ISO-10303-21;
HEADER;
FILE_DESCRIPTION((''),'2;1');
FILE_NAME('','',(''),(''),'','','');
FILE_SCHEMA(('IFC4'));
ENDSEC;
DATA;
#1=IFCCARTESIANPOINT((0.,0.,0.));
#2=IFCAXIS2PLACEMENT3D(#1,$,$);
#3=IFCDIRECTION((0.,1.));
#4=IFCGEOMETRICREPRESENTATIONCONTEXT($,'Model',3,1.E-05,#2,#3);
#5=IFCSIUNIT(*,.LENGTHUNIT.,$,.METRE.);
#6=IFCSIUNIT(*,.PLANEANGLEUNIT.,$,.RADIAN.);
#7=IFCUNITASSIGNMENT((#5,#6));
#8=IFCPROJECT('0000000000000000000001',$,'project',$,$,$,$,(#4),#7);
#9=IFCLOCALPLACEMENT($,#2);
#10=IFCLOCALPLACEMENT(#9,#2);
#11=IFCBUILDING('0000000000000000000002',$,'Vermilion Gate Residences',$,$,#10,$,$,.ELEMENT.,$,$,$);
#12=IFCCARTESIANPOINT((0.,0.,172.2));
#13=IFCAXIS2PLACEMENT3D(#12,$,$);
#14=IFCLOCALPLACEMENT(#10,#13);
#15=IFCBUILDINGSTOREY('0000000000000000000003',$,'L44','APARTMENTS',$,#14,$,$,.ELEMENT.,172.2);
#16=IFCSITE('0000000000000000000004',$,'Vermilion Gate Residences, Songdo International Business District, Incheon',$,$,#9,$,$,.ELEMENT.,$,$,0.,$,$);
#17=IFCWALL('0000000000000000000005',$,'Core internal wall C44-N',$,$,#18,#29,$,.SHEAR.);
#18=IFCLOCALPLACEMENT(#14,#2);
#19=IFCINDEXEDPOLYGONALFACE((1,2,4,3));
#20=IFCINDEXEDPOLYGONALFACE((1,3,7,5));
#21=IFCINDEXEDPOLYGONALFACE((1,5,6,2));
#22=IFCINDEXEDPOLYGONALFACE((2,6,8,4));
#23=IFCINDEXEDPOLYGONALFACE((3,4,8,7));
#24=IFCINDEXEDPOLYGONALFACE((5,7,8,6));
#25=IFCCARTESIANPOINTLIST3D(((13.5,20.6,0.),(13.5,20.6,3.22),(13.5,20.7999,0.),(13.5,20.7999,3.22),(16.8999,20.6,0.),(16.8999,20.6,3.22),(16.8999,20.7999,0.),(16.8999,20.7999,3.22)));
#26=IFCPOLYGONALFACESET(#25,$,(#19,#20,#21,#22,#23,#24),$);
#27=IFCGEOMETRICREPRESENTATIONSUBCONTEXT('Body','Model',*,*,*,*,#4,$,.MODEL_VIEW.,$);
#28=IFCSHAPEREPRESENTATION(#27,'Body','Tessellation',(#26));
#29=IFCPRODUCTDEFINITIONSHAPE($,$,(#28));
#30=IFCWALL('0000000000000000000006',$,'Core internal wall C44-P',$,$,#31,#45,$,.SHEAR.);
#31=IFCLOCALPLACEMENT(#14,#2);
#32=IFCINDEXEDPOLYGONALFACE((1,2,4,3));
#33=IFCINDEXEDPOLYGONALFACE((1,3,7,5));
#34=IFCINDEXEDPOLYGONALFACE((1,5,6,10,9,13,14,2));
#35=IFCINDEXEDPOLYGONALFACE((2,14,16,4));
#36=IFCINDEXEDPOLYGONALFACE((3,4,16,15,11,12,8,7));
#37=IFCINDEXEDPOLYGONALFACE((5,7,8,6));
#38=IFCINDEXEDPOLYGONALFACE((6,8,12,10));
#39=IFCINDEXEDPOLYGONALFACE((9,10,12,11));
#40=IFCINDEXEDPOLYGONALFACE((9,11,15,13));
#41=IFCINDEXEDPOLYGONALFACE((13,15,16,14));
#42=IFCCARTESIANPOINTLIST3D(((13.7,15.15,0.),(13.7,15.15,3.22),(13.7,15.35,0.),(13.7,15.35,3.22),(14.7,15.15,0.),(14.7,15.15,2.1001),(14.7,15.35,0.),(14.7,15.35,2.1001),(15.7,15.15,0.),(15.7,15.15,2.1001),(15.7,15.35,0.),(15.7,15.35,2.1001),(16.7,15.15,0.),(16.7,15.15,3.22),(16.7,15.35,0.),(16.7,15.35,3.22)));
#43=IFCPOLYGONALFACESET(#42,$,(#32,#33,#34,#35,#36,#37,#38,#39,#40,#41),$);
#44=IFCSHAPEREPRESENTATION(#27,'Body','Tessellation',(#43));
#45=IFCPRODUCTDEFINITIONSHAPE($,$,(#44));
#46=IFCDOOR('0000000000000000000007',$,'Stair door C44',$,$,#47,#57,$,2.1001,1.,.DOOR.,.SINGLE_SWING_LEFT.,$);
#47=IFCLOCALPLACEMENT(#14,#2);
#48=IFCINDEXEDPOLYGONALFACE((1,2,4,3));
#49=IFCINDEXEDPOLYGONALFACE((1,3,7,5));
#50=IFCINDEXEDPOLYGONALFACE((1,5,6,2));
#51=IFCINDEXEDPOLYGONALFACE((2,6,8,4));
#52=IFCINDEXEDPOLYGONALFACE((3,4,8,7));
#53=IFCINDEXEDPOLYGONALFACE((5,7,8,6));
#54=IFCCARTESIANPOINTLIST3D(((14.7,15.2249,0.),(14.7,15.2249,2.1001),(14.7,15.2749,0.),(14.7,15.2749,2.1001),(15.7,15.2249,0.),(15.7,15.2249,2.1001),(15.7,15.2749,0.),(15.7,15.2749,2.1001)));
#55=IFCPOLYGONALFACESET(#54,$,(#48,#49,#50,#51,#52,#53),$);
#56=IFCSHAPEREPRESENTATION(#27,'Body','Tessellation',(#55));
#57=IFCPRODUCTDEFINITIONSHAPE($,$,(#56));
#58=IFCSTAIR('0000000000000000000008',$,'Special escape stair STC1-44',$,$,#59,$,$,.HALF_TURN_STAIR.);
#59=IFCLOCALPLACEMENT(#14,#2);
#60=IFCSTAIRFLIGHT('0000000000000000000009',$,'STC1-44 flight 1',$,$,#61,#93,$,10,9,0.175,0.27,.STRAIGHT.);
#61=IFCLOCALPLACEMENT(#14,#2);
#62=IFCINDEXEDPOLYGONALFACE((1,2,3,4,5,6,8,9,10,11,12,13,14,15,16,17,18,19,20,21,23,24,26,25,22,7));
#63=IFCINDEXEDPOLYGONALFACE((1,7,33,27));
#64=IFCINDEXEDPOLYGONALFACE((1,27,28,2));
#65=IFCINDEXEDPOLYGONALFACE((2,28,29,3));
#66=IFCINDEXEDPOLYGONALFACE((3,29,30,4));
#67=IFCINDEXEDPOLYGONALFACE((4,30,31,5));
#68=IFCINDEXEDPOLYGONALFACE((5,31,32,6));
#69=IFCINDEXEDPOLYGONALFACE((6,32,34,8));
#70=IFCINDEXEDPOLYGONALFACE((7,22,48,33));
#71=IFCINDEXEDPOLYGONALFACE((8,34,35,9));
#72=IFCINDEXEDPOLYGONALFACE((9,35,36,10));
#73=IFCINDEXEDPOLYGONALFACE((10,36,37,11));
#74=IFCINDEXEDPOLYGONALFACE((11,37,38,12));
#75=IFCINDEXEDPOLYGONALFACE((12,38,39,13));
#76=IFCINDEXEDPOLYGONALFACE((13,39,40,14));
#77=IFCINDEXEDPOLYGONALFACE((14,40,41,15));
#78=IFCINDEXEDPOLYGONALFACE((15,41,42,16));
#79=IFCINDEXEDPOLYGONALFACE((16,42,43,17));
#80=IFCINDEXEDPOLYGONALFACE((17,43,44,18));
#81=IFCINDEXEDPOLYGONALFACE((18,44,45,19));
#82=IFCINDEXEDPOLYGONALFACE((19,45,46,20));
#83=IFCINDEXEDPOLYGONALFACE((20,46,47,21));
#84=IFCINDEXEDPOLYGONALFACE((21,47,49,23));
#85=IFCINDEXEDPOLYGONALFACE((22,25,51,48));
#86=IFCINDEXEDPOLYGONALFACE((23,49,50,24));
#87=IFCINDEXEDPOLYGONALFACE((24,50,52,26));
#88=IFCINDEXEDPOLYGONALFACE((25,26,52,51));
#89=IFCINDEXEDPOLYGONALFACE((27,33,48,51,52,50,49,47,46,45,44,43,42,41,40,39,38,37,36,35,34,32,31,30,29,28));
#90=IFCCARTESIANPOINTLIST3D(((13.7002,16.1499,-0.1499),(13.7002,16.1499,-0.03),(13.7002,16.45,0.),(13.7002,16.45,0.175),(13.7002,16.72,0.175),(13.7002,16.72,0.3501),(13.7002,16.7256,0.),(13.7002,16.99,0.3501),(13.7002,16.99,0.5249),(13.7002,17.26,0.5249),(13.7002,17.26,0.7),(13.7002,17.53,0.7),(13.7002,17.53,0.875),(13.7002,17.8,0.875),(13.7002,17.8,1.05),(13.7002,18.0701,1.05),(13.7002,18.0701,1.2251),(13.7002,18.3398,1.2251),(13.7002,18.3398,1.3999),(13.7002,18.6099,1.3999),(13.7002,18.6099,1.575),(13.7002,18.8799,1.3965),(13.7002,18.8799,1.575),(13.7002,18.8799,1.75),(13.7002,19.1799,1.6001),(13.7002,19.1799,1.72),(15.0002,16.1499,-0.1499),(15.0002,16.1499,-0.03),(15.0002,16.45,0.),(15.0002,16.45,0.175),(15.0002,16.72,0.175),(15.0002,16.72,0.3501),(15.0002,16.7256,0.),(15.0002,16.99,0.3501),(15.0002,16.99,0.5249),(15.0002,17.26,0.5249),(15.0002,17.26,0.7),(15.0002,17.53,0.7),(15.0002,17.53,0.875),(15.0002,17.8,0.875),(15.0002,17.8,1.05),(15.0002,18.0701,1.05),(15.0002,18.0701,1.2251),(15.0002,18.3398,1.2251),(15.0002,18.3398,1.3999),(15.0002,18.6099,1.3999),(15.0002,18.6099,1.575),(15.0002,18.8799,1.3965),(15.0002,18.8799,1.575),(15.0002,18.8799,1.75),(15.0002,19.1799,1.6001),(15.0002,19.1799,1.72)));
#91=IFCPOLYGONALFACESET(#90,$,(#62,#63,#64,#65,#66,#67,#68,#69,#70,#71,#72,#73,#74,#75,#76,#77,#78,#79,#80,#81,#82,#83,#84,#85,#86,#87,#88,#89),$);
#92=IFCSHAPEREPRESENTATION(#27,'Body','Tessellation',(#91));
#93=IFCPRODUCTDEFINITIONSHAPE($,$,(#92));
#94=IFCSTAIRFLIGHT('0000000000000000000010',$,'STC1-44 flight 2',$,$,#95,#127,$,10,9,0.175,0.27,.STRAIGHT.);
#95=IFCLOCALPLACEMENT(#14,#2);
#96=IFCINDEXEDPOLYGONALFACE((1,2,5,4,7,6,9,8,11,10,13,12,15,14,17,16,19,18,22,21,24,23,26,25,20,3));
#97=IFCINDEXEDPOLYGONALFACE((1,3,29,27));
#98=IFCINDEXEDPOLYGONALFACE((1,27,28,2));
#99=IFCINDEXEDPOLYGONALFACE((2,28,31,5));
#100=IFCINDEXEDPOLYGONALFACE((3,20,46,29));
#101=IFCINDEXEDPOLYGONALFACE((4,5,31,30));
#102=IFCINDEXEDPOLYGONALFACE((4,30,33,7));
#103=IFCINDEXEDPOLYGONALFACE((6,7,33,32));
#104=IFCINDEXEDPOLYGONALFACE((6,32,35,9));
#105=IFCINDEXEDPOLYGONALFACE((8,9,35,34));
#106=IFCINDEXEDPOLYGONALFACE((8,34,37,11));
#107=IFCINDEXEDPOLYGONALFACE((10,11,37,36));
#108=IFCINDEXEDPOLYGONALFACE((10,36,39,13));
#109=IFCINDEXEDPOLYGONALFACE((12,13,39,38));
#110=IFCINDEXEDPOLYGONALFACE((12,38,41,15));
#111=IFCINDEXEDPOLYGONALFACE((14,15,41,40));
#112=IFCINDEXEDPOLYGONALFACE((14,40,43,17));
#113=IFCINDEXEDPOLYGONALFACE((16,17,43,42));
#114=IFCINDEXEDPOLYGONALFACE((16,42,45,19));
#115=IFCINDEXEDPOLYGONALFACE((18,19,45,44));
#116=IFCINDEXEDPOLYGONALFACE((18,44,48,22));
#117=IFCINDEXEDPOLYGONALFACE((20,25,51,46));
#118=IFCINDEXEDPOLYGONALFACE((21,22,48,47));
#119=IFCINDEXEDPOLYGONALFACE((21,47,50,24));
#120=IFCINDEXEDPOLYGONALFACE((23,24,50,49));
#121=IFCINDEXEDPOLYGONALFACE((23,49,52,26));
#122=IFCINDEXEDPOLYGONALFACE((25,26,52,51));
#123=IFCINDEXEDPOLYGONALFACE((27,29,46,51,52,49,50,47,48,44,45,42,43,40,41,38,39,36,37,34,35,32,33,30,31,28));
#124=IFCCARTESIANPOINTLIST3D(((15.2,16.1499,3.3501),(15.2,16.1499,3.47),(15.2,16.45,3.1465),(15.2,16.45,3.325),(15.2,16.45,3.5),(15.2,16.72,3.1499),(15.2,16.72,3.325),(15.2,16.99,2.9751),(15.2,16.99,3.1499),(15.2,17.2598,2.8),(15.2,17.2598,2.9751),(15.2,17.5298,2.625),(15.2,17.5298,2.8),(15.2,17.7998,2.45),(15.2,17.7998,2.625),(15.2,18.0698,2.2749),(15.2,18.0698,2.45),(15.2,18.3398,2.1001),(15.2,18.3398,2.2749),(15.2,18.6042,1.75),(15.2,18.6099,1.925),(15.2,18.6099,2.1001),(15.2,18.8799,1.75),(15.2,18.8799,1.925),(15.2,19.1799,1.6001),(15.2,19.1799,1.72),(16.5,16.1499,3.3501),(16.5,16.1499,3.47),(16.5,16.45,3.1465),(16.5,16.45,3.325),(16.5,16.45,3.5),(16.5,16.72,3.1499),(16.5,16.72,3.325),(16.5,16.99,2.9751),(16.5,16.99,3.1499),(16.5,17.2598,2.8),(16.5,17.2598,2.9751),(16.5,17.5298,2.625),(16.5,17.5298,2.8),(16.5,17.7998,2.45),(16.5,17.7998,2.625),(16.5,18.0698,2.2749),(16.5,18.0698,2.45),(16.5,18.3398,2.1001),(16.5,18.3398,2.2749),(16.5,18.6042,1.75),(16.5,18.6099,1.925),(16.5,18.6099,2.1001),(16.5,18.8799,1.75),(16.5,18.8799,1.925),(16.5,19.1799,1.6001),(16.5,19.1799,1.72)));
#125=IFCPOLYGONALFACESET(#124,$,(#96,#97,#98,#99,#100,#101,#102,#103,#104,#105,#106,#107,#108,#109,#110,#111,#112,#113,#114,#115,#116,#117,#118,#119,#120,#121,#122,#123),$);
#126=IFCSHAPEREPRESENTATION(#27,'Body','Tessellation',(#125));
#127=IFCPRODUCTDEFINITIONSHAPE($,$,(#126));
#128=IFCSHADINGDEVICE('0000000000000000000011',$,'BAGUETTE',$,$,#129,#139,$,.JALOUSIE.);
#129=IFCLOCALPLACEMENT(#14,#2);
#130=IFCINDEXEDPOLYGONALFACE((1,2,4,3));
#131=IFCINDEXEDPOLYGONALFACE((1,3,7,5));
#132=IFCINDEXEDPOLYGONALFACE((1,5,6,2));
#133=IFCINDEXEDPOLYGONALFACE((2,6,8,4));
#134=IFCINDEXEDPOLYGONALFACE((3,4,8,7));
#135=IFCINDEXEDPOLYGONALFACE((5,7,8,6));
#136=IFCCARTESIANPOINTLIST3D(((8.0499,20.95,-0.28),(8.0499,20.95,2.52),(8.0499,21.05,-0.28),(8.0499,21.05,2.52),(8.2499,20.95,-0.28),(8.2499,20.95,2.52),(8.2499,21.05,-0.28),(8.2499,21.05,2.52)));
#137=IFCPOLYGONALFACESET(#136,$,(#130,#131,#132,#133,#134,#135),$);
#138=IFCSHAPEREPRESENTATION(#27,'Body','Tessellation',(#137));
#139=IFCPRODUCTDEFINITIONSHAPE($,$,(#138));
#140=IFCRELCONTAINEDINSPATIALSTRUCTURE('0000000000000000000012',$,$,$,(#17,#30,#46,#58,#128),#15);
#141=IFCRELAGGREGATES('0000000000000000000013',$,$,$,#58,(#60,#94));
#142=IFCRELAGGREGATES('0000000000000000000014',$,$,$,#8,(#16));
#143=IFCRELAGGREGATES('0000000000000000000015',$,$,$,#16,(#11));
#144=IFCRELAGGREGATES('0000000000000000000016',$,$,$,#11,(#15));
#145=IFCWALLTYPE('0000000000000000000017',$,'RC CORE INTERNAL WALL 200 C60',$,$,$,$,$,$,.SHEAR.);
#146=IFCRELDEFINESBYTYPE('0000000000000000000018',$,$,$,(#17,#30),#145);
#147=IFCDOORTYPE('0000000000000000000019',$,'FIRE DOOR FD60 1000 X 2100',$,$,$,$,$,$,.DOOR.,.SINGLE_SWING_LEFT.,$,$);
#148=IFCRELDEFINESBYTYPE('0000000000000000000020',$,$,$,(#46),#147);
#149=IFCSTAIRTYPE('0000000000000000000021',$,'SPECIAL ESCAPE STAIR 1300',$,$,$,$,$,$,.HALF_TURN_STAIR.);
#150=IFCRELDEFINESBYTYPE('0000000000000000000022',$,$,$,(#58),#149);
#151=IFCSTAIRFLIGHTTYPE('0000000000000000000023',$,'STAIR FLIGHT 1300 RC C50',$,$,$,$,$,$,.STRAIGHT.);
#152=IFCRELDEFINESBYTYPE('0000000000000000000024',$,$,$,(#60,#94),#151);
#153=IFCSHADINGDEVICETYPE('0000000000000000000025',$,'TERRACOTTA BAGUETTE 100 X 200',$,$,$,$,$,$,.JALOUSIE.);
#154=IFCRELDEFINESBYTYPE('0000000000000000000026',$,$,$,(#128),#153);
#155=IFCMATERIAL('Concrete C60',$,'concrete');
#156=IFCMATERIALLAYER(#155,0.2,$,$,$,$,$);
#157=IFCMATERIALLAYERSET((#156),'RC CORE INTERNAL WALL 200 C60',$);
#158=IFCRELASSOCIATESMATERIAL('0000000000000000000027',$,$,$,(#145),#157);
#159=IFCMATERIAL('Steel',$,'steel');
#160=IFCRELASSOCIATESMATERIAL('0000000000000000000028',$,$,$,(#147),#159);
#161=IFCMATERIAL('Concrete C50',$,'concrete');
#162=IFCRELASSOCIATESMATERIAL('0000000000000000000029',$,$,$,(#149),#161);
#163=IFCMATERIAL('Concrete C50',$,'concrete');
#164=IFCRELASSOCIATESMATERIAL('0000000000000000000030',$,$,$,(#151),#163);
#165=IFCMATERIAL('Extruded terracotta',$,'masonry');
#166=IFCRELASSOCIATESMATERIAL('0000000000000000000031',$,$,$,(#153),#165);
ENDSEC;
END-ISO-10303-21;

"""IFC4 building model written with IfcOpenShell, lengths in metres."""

from ifc_helpers import new_model, si_unit, direction, frame, frame_2d, origin, origin_2d, place, context, subcontext, project, spatial, polyline, rectangle, outline, extrude, material, layer, layer_set, material_profile, profile_set, type_object, element, fill, aggregate, save


model = new_model("IFC4")

# Units and contexts
model_context = context("Model", 3, precision=1e-05, world=origin(), true_north=direction((0.0, 1.0)))
body_context = subcontext(model_context, "Body", "Model", "MODEL_VIEW")
ifc_project = project(units=[si_unit("LENGTHUNIT", "METRE"), si_unit("PLANEANGLEUNIT", "RADIAN")], contexts=[model_context])

# Site, building, storey
site_placement = place(None, origin())
site = spatial("IfcSite", under=ifc_project, at=site_placement, Name="Vermilion Gate Residences, Songdo International Business District, Incheon", CompositionType="ELEMENT", RefElevation=0.0)
building_placement = place(site_placement, origin())
building = spatial("IfcBuilding", under=site, at=building_placement, Name="Vermilion Gate Residences", CompositionType="ELEMENT")
storey_placement = place(building_placement, frame((0.0, 0.0, 172.2)))
storey = spatial("IfcBuildingStorey", under=building, at=storey_placement, Name="L44", Description="APARTMENTS", CompositionType="ELEMENT", Elevation=172.2)

# Wall
ifc_material_1 = material(Name="Concrete C60", Category="concrete")
ifc_layer_1 = layer(ifc_material_1, 0.2)
ifc_layer_set_1 = layer_set([ifc_layer_1], Name="RC CORE INTERNAL WALL 200 C60")
wall_type_1 = type_object("IfcWallType", Name="RC CORE INTERNAL WALL 200 C60", PredefinedType="SHEAR", material=ifc_layer_set_1)
wall_1_placement = place(storey_placement, frame((13.5, 20.7, 0.0), z_axis=(0.0, 0.0, 1.0), x_axis=(1.0, 0.0, 0.0)))
element("IfcWall", 1, at=wall_1_placement, inside=storey, type_object=wall_type_1, Name="Core internal wall C44-N", PredefinedType="SHEAR", context=body_context, shape_type="SweptSolid", body=[
    extrude(rectangle(XDim=3.3999, YDim=0.2, at=frame_2d((1.7, 0.0))), origin(), (0.0, 0.0, 1.0), 3.22),
])

# Wall, opening, door
wall_2_placement = place(storey_placement, frame((13.7, 15.25, 0.0), z_axis=(0.0, 0.0, 1.0), x_axis=(1.0, 0.0, 0.0)))
wall_2 = element("IfcWall", 2, at=wall_2_placement, inside=storey, type_object=wall_type_1, Name="Core internal wall C44-P", PredefinedType="SHEAR", context=body_context, shape_type="SweptSolid", body=[
    extrude(rectangle(XDim=3.0, YDim=0.2, at=frame_2d((1.5, 0.0))), origin(), (0.0, 0.0, 1.0), 3.22),
])
opening_1_placement = place(wall_2_placement, frame((1.0, 0.0, 0.0)))
opening_1 = element("IfcOpeningElement", 3, at=opening_1_placement, cuts=wall_2, PredefinedType="OPENING", context=body_context, shape_type="SweptSolid", body=[
    extrude(rectangle(XDim=1.0, YDim=2.1001, at=frame_2d((0.5, 1.05))), frame((0.0, 0.1099, 0.0), z_axis=(0.0, -1.0, 0.0), x_axis=(1.0, 0.0, 0.0)), (0.0, 0.0, 1.0), 0.22),
])
ifc_material_2 = material(Name="Steel", Category="steel")
door_type_1 = type_object("IfcDoorType", Name="FIRE DOOR FD60 1000 X 2100", OperationType="SINGLE_SWING_LEFT", PredefinedType="DOOR", material=ifc_material_2)
door_1_placement = place(opening_1_placement, origin())
door_1 = element("IfcDoor", 4, at=door_1_placement, inside=storey, type_object=door_type_1, Name="Stair door C44", OperationType="SINGLE_SWING_LEFT", OverallHeight=2.1001, OverallWidth=1.0, PredefinedType="DOOR", context=body_context, shape_type="SweptSolid", body=[
    extrude(rectangle(XDim=1.0, YDim=2.1001, at=frame_2d((0.5, 1.05))), frame((0.0, 0.0249, 0.0), z_axis=(0.0, -1.0, 0.0), x_axis=(1.0, 0.0, 0.0)), (0.0, 0.0, 1.0), 0.05),
])
fill(opening_1, door_1)

# Stair, stair flights
ifc_material_3 = material(Name="Concrete C50", Category="concrete")
stair_type = type_object("IfcStairType", Name="SPECIAL ESCAPE STAIR 1300", PredefinedType="HALF_TURN_STAIR", material=ifc_material_3)
stair_placement = place(storey_placement, origin())
stair = element("IfcStair", 5, at=stair_placement, inside=storey, type_object=stair_type, Name="Special escape stair STC1-44", PredefinedType="HALF_TURN_STAIR")
ifc_material_4 = material(Name="Concrete C50", Category="concrete")
stair_flight_type = type_object("IfcStairFlightType", Name="STAIR FLIGHT 1300 RC C50", PredefinedType="STRAIGHT", material=ifc_material_4)
stair_flight_1_placement = place(storey_placement, frame((14.3501, 16.45, 0.0), z_axis=(0.0, 0.0, 1.0), x_axis=(0.0, 1.0, 0.0)))
stair_flight_1 = element("IfcStairFlight", 6, at=stair_flight_1_placement, type_object=stair_flight_type, Name="STC1-44 flight 1", NumberOfRisers=10, NumberOfTreads=9, PredefinedType="STRAIGHT", RiserHeight=0.175, TreadLength=0.27, context=body_context, shape_type="SweptSolid", body=[
    extrude(outline(polyline([(-0.3, -0.1499), (-0.3, -0.03), (0.0, 0.0), (0.0, 0.175), (0.27, 0.175), (0.27, 0.3501), (0.54, 0.3501), (0.54, 0.5249), (0.8101, 0.5249), (0.8101, 0.7), (1.0801, 0.7), (1.0801, 0.875), (1.3501, 0.875), (1.3501, 1.05), (1.6201, 1.05), (1.6201, 1.2251), (1.8899, 1.2251), (1.8899, 1.3999), (2.1599, 1.3999), (2.1599, 1.575), (2.4299, 1.575), (2.4299, 1.75), (2.73, 1.72), (2.73, 1.6001), (2.4299, 1.3965), (0.2756, 0.0), (-0.3, -0.1499)])), frame((0.0, 0.6499, 0.0), z_axis=(0.0, -1.0, 0.0), x_axis=(1.0, 0.0, 0.0)), (0.0, 0.0, 1.0), 1.3),
])
stair_flight_2_placement = place(storey_placement, frame((15.8501, 18.8799, 1.75), z_axis=(0.0, 0.0, 1.0), x_axis=(0.0, -1.0, 0.0)))
stair_flight_2 = element("IfcStairFlight", 7, at=stair_flight_2_placement, type_object=stair_flight_type, Name="STC1-44 flight 2", NumberOfRisers=10, NumberOfTreads=9, PredefinedType="STRAIGHT", RiserHeight=0.175, TreadLength=0.27, context=body_context, shape_type="SweptSolid", body=[
    extrude(outline(polyline([(-0.3, -0.1499), (-0.3, -0.03), (0.0, 0.0), (0.0, 0.175), (0.27, 0.175), (0.27, 0.3501), (0.54, 0.3501), (0.54, 0.5249), (0.8101, 0.5249), (0.8101, 0.7), (1.0801, 0.7), (1.0801, 0.875), (1.3501, 0.875), (1.3501, 1.05), (1.6201, 1.05), (1.6201, 1.2251), (1.8899, 1.2251), (1.8899, 1.3999), (2.1599, 1.3999), (2.1599, 1.575), (2.4299, 1.575), (2.4299, 1.75), (2.73, 1.72), (2.73, 1.6001), (2.4299, 1.3965), (0.2756, 0.0), (-0.3, -0.1499)])), frame((0.0, 0.6499, 0.0), z_axis=(0.0, -1.0, 0.0), x_axis=(1.0, 0.0, 0.0)), (0.0, 0.0, 1.0), 1.3),
])
aggregate(stair, [stair_flight_1, stair_flight_2])

# Shading device
ifc_material_5 = material(Name="Extruded terracotta", Category="masonry")
ifc_material_profile_1 = material_profile(ifc_material_5, rectangle(XDim=0.2, YDim=0.1001, at=origin_2d()), Name="BAGUETTE 100 X 200")
ifc_profile_set_1 = profile_set([ifc_material_profile_1], Name="Extruded terracotta")
shading_device_type = type_object("IfcShadingDeviceType", Name="TERRACOTTA BAGUETTE 100 X 200", PredefinedType="JALOUSIE", material=ifc_profile_set_1)
shading_device_placement = place(storey_placement, frame((8.1499, 21.0, -0.28), z_axis=(0.0, 0.0, 1.0), x_axis=(1.0, 0.0, 0.0)))
element("IfcShadingDevice", 8, at=shading_device_placement, inside=storey, type_object=shading_device_type, Name="BAGUETTE", PredefinedType="JALOUSIE", context=body_context, shape_type="SweptSolid", body=[
    extrude(rectangle(XDim=0.2, YDim=0.1001, at=origin_2d()), origin(), (0.0, 0.0, 1.0), 2.8),
])

save(model, "model.ifc")
